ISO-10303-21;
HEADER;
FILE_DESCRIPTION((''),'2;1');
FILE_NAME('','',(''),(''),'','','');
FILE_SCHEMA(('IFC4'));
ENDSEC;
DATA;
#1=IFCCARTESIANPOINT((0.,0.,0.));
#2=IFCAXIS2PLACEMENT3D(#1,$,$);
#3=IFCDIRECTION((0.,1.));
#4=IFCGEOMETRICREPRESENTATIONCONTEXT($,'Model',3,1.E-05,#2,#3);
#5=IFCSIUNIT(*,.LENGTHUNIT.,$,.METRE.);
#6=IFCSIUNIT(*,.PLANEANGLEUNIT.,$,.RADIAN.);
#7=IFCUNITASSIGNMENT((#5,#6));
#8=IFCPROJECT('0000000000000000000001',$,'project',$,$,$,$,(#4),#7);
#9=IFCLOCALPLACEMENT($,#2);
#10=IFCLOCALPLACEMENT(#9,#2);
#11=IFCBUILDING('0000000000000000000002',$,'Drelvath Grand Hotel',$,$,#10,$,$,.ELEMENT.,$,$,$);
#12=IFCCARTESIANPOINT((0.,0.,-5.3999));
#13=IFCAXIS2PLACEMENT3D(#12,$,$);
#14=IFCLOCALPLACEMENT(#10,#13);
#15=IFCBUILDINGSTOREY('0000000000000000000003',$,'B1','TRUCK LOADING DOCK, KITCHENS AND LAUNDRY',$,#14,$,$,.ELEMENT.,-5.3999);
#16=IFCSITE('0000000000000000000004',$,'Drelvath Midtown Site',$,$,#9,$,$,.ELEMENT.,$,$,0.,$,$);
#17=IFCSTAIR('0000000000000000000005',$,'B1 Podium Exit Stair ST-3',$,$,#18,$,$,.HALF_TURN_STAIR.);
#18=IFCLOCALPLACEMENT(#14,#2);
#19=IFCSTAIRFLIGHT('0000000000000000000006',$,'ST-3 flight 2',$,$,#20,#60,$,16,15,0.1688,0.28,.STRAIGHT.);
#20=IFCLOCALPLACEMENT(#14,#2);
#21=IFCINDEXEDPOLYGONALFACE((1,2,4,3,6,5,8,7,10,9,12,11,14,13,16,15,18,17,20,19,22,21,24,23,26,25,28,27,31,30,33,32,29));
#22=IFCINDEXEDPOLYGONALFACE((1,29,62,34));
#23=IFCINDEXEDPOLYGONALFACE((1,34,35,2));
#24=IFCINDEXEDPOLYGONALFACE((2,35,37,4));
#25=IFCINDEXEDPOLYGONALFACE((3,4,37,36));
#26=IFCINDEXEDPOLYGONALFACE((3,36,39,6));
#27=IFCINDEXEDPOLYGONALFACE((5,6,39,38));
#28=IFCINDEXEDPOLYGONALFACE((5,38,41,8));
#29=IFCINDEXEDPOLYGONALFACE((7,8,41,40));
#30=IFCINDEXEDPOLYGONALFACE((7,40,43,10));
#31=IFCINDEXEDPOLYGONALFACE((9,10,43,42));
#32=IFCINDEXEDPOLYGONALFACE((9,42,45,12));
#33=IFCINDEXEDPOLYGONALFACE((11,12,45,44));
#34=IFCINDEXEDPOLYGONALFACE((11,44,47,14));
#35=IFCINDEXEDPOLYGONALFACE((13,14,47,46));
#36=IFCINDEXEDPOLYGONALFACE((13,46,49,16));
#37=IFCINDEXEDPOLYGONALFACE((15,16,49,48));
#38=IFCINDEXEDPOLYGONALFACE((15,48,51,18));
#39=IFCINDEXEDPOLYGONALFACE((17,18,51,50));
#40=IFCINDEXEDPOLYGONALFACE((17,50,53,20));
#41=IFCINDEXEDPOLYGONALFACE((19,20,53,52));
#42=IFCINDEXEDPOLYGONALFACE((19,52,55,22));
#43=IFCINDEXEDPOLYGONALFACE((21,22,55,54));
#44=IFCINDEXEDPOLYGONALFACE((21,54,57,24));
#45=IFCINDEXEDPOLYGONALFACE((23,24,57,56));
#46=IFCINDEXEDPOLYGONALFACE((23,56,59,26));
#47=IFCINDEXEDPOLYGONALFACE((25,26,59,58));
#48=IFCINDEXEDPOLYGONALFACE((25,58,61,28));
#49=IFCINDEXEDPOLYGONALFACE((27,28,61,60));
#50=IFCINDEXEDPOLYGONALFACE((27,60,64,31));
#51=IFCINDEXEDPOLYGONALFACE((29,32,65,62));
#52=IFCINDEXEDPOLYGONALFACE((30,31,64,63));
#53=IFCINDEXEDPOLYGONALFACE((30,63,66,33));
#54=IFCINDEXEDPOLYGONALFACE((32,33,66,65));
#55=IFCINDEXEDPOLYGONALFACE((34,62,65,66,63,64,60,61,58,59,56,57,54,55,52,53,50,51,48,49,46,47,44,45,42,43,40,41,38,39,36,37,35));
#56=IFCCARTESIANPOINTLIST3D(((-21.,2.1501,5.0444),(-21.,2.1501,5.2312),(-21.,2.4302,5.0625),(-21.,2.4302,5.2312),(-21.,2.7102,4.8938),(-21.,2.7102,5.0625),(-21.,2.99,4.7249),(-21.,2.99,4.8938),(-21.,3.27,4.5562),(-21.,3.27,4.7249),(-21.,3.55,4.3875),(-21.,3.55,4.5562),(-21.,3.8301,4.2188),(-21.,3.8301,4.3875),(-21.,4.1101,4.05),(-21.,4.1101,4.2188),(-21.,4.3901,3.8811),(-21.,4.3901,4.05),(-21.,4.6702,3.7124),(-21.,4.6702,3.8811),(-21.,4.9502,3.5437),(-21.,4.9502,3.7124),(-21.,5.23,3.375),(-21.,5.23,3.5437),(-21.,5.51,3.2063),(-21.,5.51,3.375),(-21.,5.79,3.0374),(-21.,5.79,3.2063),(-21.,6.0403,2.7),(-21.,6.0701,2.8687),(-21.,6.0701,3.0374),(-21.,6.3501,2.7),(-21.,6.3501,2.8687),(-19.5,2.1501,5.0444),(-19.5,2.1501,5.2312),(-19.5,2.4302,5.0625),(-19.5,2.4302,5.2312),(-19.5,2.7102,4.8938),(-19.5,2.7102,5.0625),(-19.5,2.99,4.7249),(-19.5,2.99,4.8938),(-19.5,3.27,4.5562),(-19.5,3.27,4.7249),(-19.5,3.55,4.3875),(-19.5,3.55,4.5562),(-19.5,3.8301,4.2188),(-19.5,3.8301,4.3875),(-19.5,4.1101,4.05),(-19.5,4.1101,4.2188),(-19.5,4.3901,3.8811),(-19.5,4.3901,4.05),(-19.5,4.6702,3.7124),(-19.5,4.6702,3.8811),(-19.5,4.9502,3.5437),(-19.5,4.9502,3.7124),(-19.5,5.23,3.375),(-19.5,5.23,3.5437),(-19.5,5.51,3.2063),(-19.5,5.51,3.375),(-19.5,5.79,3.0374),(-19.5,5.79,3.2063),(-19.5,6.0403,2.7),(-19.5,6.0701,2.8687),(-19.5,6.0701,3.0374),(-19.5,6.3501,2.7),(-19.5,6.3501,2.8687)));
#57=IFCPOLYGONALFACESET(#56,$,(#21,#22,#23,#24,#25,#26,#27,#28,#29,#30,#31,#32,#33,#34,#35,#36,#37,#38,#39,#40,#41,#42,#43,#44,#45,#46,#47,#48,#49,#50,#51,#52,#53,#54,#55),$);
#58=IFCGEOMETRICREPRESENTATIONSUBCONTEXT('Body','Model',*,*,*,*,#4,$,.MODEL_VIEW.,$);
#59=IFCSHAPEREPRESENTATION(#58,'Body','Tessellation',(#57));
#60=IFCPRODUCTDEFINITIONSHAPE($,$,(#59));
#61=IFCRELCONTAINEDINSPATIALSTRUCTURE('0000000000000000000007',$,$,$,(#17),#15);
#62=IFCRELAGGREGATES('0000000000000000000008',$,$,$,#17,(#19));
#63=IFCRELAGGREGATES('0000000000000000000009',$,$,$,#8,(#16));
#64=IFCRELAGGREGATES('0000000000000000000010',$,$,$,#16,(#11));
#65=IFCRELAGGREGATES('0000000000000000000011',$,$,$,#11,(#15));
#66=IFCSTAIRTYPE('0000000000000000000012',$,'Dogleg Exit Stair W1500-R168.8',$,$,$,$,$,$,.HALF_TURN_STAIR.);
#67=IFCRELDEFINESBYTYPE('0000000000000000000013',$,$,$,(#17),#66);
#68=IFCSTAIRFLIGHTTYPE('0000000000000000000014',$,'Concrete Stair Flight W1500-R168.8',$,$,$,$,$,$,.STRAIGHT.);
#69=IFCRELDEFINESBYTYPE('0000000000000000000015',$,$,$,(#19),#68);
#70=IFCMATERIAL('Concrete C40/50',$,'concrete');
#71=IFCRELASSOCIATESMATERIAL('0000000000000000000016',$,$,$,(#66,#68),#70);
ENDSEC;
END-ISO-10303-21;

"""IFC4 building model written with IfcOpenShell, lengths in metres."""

from ifc_helpers import new_model, si_unit, direction, frame, origin, place, context, subcontext, project, spatial, polyline, outline, extrude, material, type_object, element, aggregate, save


model = new_model("IFC4")

# Units and contexts
model_context = context("Model", 3, precision=1e-05, world=origin(), true_north=direction((0.0, 1.0)))
body_context = subcontext(model_context, "Body", "Model", "MODEL_VIEW")
ifc_project = project(units=[si_unit("LENGTHUNIT", "METRE"), si_unit("PLANEANGLEUNIT", "RADIAN")], contexts=[model_context])

# Site, building, storey
site_placement = place(None, origin())
site = spatial("IfcSite", under=ifc_project, at=site_placement, Name="Drelvath Midtown Site", CompositionType="ELEMENT", RefElevation=0.0)
building_placement = place(site_placement, origin())
building = spatial("IfcBuilding", under=site, at=building_placement, Name="Drelvath Grand Hotel", CompositionType="ELEMENT")
storey_placement = place(building_placement, frame((0.0, 0.0, -5.3999)))
storey = spatial("IfcBuildingStorey", under=building, at=storey_placement, Name="B1", Description="TRUCK LOADING DOCK, KITCHENS AND LAUNDRY", CompositionType="ELEMENT", Elevation=-5.3999)

# Shared definitions
ifc_material_1 = material(Name="Concrete C40/50", Category="concrete")

# Stair, stair flight
stair_type = type_object("IfcStairType", Name="Dogleg Exit Stair W1500-R168.8", PredefinedType="HALF_TURN_STAIR", material=ifc_material_1)
stair_placement = place(storey_placement, origin())
stair = element("IfcStair", 1, at=stair_placement, inside=storey, type_object=stair_type, Name="B1 Podium Exit Stair ST-3", PredefinedType="HALF_TURN_STAIR")
stair_flight_type = type_object("IfcStairFlightType", Name="Concrete Stair Flight W1500-R168.8", PredefinedType="STRAIGHT", material=ifc_material_1)
stair_flight_1_placement = place(storey_placement, frame((-20.25, 6.3501, 2.7), z_axis=(0.0, 0.0, 1.0), x_axis=(0.0, -1.0, 0.0)))
stair_flight_1 = element("IfcStairFlight", 2, at=stair_flight_1_placement, type_object=stair_flight_type, Name="ST-3 flight 2", NumberOfRisers=16, NumberOfTreads=15, PredefinedType="STRAIGHT", RiserHeight=0.1688, TreadLength=0.28, context=body_context, shape_type="SweptSolid", body=[
    extrude(outline(polyline([(0.0, 0.0), (0.0, 0.1687), (0.28, 0.1687), (0.28, 0.3374), (0.5601, 0.3374), (0.5601, 0.5063), (0.8401, 0.5063), (0.8401, 0.675), (1.1201, 0.675), (1.1201, 0.8438), (1.3999, 0.8438), (1.3999, 1.0125), (1.6799, 1.0125), (1.6799, 1.1812), (1.96, 1.1812), (1.96, 1.3501), (2.24, 1.3501), (2.24, 1.5188), (2.52, 1.5188), (2.52, 1.6875), (2.8, 1.6875), (2.8, 1.8562), (3.0801, 1.8562), (3.0801, 2.0249), (3.3601, 2.0249), (3.3601, 2.1938), (3.6399, 2.1938), (3.6399, 2.3625), (3.9199, 2.3625), (3.9199, 2.5312), (4.2, 2.5312), (4.2, 2.7), (4.2, 2.3445), (0.3098, 0.0), (0.0, 0.0)])), frame((0.0, 0.75, 0.0), z_axis=(0.0, -1.0, 0.0), x_axis=(1.0, 0.0, 0.0)), (0.0, 0.0, 1.0), 1.5),
])
aggregate(stair, [stair_flight_1])

save(model, "model.ifc")
